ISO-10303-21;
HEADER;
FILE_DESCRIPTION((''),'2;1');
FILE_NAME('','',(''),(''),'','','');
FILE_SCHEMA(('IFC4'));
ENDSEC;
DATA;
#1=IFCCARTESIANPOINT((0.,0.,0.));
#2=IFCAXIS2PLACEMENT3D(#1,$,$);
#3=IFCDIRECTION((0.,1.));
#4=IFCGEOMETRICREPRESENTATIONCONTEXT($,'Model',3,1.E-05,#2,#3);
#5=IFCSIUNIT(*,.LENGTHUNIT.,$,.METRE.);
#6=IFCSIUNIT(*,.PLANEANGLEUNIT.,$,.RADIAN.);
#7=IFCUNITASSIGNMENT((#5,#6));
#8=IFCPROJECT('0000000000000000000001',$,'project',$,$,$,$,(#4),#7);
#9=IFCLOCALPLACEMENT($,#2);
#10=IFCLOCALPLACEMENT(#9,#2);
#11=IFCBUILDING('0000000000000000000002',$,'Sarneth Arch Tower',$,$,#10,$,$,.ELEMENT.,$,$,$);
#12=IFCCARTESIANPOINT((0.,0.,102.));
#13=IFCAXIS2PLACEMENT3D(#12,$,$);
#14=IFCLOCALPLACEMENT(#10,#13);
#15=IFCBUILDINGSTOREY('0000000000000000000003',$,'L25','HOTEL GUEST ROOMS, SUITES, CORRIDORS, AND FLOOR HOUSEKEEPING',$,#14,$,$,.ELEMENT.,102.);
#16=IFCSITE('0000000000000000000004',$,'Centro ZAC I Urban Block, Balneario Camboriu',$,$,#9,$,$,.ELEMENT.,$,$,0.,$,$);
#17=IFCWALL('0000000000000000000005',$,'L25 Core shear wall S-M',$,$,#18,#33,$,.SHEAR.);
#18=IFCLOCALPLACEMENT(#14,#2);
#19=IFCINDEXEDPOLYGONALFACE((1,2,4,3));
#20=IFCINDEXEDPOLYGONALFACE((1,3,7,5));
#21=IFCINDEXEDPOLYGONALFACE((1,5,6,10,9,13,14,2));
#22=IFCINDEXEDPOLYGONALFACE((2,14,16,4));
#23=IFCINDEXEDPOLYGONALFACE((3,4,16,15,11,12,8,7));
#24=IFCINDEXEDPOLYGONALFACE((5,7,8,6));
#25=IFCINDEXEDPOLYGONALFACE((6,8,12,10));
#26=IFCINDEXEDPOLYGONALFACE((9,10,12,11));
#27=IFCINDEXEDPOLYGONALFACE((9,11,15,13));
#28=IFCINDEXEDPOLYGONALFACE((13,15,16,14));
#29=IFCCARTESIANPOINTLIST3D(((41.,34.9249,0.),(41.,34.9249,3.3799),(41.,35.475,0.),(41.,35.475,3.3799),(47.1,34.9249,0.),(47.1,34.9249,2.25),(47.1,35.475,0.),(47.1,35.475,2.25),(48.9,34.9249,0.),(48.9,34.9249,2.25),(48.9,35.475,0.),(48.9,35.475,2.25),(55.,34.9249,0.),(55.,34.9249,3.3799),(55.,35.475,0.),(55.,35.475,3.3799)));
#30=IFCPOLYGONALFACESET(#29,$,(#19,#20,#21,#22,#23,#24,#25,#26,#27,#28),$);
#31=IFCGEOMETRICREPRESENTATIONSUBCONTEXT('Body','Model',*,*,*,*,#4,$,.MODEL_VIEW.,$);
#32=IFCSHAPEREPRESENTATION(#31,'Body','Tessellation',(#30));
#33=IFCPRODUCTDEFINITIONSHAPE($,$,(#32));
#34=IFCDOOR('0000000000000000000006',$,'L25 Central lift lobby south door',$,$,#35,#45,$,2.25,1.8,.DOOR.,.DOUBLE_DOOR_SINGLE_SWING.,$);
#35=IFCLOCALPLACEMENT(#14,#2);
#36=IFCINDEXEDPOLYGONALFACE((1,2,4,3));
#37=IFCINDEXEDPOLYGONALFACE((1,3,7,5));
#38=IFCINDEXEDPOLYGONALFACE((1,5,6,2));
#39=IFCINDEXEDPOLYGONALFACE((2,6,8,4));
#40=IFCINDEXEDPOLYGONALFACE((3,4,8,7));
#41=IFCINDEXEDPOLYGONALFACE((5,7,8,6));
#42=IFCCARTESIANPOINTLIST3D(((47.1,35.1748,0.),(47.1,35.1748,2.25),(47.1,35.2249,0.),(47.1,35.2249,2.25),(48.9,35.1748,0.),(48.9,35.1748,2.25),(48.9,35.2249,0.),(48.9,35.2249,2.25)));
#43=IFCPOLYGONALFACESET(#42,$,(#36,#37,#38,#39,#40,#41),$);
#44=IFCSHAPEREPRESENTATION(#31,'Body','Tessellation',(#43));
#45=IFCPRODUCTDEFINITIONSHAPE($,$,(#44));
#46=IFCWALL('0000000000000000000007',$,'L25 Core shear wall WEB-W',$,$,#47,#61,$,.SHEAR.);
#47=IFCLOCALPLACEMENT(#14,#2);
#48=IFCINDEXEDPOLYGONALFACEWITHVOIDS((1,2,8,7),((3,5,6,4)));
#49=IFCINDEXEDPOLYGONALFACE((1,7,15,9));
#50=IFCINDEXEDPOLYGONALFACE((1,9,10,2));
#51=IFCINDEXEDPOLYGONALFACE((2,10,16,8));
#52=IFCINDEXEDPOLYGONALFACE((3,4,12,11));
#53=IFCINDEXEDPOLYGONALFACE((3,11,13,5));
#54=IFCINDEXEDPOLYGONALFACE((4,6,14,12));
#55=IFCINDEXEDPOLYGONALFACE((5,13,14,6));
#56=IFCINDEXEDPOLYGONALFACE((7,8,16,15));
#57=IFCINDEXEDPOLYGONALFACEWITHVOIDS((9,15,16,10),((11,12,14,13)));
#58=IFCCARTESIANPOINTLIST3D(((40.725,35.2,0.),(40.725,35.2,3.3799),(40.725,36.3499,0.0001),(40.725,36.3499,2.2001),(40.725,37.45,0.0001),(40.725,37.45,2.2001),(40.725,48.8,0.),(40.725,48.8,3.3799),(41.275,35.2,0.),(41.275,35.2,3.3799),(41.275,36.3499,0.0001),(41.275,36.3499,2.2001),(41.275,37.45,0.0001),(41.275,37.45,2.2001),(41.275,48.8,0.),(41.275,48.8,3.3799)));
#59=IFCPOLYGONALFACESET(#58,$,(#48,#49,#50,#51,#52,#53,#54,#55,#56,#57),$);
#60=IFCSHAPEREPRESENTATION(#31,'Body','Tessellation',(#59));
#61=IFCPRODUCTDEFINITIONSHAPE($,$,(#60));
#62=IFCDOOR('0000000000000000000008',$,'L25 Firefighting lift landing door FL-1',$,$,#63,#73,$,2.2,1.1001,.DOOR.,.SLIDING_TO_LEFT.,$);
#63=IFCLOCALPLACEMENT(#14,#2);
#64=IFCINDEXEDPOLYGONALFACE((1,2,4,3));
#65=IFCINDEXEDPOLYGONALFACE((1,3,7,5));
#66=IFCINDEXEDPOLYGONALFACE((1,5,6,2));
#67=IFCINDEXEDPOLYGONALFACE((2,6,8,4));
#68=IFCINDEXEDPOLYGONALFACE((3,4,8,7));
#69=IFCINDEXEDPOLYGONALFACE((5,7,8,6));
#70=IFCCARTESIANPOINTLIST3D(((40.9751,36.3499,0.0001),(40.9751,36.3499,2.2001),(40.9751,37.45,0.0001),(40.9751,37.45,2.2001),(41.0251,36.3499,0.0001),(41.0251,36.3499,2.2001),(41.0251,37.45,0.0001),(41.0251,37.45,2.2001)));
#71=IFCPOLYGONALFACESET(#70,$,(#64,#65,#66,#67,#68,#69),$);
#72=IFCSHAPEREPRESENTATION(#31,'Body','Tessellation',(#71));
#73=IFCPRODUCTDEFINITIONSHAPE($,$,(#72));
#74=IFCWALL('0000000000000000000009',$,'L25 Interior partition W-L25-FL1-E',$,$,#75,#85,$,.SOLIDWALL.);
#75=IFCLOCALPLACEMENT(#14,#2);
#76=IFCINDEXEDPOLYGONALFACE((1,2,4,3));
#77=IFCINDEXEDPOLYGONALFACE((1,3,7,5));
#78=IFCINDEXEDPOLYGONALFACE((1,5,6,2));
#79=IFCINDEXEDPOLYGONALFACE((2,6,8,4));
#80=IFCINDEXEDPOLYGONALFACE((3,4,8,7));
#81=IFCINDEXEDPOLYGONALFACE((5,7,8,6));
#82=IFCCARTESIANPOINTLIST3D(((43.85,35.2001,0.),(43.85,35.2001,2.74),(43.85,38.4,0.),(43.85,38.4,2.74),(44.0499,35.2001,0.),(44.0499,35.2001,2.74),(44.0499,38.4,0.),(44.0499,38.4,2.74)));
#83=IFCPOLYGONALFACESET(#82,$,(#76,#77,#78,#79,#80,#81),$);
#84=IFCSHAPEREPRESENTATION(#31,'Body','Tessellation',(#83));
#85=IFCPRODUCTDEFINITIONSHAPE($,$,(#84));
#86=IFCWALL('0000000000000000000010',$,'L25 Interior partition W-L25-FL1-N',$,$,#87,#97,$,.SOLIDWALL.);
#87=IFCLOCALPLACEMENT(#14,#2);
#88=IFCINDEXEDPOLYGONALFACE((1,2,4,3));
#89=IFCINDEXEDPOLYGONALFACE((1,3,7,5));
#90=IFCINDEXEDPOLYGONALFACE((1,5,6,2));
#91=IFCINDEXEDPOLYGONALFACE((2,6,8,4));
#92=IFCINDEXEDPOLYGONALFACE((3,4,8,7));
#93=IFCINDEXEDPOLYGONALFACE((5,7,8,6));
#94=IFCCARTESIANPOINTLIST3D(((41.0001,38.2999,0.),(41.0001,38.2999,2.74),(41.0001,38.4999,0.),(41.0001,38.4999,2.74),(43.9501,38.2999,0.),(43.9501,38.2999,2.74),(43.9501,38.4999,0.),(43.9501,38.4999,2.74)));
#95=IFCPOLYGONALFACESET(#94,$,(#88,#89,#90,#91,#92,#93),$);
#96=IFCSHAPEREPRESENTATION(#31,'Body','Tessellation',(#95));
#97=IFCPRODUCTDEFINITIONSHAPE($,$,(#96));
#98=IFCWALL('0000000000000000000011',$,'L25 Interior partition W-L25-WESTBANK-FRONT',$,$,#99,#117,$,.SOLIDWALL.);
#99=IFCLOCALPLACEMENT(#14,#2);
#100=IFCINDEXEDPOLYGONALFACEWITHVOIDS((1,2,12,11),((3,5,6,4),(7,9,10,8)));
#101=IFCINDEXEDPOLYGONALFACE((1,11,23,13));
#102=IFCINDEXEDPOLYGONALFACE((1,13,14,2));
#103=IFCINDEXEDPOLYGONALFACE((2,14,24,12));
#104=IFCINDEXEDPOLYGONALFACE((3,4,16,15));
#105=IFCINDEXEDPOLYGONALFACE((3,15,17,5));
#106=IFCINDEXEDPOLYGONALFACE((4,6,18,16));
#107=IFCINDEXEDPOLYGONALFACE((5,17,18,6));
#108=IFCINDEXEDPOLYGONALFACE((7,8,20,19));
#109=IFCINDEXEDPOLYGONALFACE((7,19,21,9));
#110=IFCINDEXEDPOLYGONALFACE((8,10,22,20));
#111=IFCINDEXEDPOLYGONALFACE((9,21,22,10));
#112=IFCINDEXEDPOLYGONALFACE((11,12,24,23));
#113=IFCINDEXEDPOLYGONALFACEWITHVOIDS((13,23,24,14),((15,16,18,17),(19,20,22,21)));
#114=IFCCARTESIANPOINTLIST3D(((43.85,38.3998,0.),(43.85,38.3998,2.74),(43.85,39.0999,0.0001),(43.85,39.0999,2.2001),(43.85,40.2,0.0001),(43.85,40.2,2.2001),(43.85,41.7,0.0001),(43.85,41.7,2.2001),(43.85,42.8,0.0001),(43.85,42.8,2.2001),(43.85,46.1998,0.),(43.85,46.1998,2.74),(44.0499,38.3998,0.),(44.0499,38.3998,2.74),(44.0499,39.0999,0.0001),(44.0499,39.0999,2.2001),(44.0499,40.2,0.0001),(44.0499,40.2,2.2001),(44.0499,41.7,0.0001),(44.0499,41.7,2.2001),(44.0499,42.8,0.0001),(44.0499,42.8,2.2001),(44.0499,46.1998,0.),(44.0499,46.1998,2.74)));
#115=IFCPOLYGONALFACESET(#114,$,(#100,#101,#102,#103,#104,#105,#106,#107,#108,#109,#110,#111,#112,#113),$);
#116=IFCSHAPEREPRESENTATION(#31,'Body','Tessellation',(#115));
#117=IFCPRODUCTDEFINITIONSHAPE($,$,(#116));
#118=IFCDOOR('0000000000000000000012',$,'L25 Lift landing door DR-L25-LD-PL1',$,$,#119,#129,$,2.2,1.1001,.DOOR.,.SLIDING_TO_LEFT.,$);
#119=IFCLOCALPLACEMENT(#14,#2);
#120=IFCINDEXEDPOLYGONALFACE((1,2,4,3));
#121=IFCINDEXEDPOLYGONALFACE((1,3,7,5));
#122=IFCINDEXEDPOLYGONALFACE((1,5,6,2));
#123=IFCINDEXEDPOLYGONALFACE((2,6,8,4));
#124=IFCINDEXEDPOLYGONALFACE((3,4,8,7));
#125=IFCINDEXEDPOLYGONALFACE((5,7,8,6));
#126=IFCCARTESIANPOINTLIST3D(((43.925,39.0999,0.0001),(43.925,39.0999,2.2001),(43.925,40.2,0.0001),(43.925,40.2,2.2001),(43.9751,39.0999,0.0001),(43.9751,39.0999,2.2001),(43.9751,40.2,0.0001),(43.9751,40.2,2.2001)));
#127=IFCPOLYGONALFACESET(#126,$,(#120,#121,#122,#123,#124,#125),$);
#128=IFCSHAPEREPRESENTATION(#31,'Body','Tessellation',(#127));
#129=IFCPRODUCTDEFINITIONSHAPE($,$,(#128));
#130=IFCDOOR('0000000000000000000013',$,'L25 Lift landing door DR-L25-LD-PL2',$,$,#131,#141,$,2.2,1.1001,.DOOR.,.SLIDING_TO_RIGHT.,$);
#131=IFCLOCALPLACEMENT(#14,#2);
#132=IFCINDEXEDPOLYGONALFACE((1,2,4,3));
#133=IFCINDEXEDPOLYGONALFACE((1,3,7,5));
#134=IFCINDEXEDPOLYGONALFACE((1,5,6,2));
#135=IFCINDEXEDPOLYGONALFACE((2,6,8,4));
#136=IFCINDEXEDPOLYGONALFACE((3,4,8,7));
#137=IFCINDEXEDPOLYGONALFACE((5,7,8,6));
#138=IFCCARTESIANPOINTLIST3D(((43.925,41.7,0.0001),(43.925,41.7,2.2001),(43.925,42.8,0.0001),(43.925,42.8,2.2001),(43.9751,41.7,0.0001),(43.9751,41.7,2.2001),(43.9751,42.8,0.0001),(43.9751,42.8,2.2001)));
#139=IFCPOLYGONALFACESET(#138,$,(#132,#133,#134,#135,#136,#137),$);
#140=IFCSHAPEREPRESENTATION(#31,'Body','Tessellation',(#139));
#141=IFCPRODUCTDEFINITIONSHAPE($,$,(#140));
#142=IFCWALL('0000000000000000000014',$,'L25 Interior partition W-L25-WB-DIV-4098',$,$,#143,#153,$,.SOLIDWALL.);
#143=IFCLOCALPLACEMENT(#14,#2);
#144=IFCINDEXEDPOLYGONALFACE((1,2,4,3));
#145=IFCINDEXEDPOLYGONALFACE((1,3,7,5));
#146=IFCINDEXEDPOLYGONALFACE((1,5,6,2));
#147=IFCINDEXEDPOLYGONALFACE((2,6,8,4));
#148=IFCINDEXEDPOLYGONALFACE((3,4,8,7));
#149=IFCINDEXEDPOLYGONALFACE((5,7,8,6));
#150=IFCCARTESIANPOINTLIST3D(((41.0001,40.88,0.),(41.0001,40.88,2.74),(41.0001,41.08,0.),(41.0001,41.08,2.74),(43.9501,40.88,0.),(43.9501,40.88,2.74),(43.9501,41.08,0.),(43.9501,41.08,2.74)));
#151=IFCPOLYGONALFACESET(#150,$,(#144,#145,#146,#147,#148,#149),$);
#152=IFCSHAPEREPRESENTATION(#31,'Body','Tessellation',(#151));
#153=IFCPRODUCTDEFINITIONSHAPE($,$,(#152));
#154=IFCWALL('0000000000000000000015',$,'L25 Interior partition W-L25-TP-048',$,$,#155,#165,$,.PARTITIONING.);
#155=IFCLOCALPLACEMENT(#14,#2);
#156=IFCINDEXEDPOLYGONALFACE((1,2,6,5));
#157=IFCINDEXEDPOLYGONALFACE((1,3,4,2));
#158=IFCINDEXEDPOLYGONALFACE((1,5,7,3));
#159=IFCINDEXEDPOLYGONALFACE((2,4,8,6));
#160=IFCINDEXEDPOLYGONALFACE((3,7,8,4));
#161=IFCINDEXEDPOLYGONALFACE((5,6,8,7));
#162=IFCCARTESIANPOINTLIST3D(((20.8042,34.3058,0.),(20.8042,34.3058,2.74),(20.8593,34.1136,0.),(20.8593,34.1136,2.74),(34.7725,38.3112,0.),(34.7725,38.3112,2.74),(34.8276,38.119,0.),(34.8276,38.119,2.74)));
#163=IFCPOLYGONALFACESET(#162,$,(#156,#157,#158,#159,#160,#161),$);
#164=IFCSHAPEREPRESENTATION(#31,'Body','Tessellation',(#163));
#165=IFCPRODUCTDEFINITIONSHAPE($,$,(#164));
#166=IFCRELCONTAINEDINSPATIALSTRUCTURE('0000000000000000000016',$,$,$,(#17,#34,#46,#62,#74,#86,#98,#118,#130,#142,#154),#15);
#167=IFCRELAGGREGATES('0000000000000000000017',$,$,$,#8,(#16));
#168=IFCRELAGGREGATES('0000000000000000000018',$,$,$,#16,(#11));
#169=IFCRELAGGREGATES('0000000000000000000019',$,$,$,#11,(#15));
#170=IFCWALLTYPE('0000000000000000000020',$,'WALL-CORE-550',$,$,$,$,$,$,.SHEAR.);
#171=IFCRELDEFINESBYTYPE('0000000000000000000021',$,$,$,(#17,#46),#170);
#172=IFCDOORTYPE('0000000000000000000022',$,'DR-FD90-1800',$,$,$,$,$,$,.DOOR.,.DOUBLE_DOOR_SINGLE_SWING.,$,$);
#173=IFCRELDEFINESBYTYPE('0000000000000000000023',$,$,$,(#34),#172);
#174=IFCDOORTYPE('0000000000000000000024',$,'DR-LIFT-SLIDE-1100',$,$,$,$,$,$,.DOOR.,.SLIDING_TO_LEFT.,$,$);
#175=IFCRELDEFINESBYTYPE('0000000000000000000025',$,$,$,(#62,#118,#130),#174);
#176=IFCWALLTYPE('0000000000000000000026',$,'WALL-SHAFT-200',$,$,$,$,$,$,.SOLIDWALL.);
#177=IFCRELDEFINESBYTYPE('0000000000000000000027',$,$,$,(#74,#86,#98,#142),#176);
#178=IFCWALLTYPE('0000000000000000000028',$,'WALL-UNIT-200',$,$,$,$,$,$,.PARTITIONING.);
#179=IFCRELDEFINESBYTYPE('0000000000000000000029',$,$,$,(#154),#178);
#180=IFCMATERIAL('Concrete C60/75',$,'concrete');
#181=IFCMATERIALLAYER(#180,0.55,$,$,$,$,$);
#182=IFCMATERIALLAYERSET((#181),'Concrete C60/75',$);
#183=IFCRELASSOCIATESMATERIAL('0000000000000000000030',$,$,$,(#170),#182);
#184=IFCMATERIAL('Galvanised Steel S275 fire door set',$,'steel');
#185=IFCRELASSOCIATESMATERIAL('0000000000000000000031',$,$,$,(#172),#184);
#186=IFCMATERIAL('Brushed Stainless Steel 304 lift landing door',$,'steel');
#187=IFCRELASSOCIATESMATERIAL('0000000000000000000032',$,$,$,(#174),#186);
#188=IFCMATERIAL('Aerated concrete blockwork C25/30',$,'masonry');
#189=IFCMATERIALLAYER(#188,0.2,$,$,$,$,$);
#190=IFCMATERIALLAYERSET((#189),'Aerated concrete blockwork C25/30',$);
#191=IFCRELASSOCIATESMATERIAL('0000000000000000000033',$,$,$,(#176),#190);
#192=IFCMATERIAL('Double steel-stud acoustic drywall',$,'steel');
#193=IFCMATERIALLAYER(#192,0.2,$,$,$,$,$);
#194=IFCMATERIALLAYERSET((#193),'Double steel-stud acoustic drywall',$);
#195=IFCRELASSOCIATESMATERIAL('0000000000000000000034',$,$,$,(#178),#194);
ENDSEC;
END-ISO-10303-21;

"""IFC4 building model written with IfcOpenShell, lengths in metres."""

from ifc_helpers import new_model, si_unit, direction, frame, frame_2d, origin, place, context, subcontext, project, spatial, rectangle, extrude, material, layer, layer_set, type_object, element, fill, save


model = new_model("IFC4")

# Units and contexts
model_context = context("Model", 3, precision=1e-05, world=origin(), true_north=direction((0.0, 1.0)))
body_context = subcontext(model_context, "Body", "Model", "MODEL_VIEW")
ifc_project = project(units=[si_unit("LENGTHUNIT", "METRE"), si_unit("PLANEANGLEUNIT", "RADIAN")], contexts=[model_context])

# Site, building, storey
site_placement = place(None, origin())
site = spatial("IfcSite", under=ifc_project, at=site_placement, Name="Centro ZAC I Urban Block, Balneario Camboriu", CompositionType="ELEMENT", RefElevation=0.0)
building_placement = place(site_placement, origin())
building = spatial("IfcBuilding", under=site, at=building_placement, Name="Sarneth Arch Tower", CompositionType="ELEMENT")
storey_placement = place(building_placement, frame((0.0, 0.0, 102.0)))
storey = spatial("IfcBuildingStorey", under=building, at=storey_placement, Name="L25", Description="HOTEL GUEST ROOMS, SUITES, CORRIDORS, AND FLOOR HOUSEKEEPING", CompositionType="ELEMENT", Elevation=102.0)

# Shared definitions
ifc_material_1 = material(Name="Concrete C60/75", Category="concrete")
ifc_layer_1 = layer(ifc_material_1, 0.55)
ifc_layer_set_1 = layer_set([ifc_layer_1], Name="Concrete C60/75")
wall_type_1 = type_object("IfcWallType", Name="WALL-CORE-550", PredefinedType="SHEAR", material=ifc_layer_set_1)

# Walls, openings, doors
wall_1_placement = place(storey_placement, frame((41.0, 35.2, 0.0), z_axis=(0.0, 0.0, 1.0), x_axis=(1.0, 0.0, 0.0)))
wall_1 = element("IfcWall", 1, at=wall_1_placement, inside=storey, type_object=wall_type_1, Name="L25 Core shear wall S-M", PredefinedType="SHEAR", context=body_context, shape_type="SweptSolid", body=[
    extrude(rectangle(XDim=14.0, YDim=0.55, at=frame_2d((7.0, 0.0))), origin(), (0.0, 0.0, 1.0), 3.3799),
])
opening_1_placement = place(wall_1_placement, frame((6.1001, 0.0, 0.0)))
opening_1 = element("IfcOpeningElement", 2, at=opening_1_placement, cuts=wall_1, PredefinedType="OPENING", context=body_context, shape_type="SweptSolid", body=[
    extrude(rectangle(XDim=1.8, YDim=2.25, at=frame_2d((0.8999, 1.125))), frame((0.0, 0.2849, 0.0), z_axis=(0.0, -1.0, 0.0), x_axis=(1.0, 0.0, 0.0)), (0.0, 0.0, 1.0), 0.5701),
])
ifc_material_2 = material(Name="Galvanised Steel S275 fire door set", Category="steel")
door_type_1 = type_object("IfcDoorType", Name="DR-FD90-1800", OperationType="DOUBLE_DOOR_SINGLE_SWING", PredefinedType="DOOR", material=ifc_material_2)
door_1_placement = place(opening_1_placement, origin())
door_1 = element("IfcDoor", 3, at=door_1_placement, inside=storey, type_object=door_type_1, Name="L25 Central lift lobby south door", OperationType="DOUBLE_DOOR_SINGLE_SWING", OverallHeight=2.25, OverallWidth=1.8, PredefinedType="DOOR", context=body_context, shape_type="SweptSolid", body=[
    extrude(rectangle(XDim=1.8, YDim=2.25, at=frame_2d((0.8999, 1.125))), frame((0.0, 0.0249, 0.0), z_axis=(0.0, -1.0, 0.0), x_axis=(1.0, 0.0, 0.0)), (0.0, 0.0, 1.0), 0.05),
])
fill(opening_1, door_1)
wall_2_placement = place(storey_placement, frame((41.0, 35.2, 0.0), z_axis=(0.0, 0.0, 1.0), x_axis=(0.0, 1.0, 0.0)))
wall_2 = element("IfcWall", 4, at=wall_2_placement, inside=storey, type_object=wall_type_1, Name="L25 Core shear wall WEB-W", PredefinedType="SHEAR", context=body_context, shape_type="SweptSolid", body=[
    extrude(rectangle(XDim=13.6001, YDim=0.55, at=frame_2d((6.8, 0.0))), origin(), (0.0, 0.0, 1.0), 3.3799),
])
opening_2_placement = place(wall_2_placement, frame((1.1499, 0.0, 0.0)))
opening_2 = element("IfcOpeningElement", 5, at=opening_2_placement, cuts=wall_2, PredefinedType="OPENING", context=body_context, shape_type="SweptSolid", body=[
    extrude(rectangle(XDim=1.1001, YDim=2.2, at=frame_2d((0.55, 1.1001))), frame((0.0, 0.2849, 0.0), z_axis=(0.0, -1.0, 0.0), x_axis=(1.0, 0.0, 0.0)), (0.0, 0.0, 1.0), 0.5701),
])
ifc_material_3 = material(Name="Brushed Stainless Steel 304 lift landing door", Category="steel")
door_type_2 = type_object("IfcDoorType", Name="DR-LIFT-SLIDE-1100", OperationType="SLIDING_TO_LEFT", PredefinedType="DOOR", material=ifc_material_3)
door_2_placement = place(opening_2_placement, origin())
door_2 = element("IfcDoor", 6, at=door_2_placement, inside=storey, type_object=door_type_2, Name="L25 Firefighting lift landing door FL-1", OperationType="SLIDING_TO_LEFT", OverallHeight=2.2, OverallWidth=1.1001, PredefinedType="DOOR", context=body_context, shape_type="SweptSolid", body=[
    extrude(rectangle(XDim=1.1001, YDim=2.2, at=frame_2d((0.55, 1.1001))), frame((0.0, 0.0249, 0.0), z_axis=(0.0, -1.0, 0.0), x_axis=(1.0, 0.0, 0.0)), (0.0, 0.0, 1.0), 0.05),
])
fill(opening_2, door_2)
ifc_material_4 = material(Name="Aerated concrete blockwork C25/30", Category="masonry")
ifc_layer_2 = layer(ifc_material_4, 0.2)
ifc_layer_set_2 = layer_set([ifc_layer_2], Name="Aerated concrete blockwork C25/30")
wall_type_2 = type_object("IfcWallType", Name="WALL-SHAFT-200", PredefinedType="SOLIDWALL", material=ifc_layer_set_2)

# Walls
wall_3_placement = place(storey_placement, frame((43.95, 35.2, 0.0), z_axis=(0.0, 0.0, 1.0), x_axis=(0.0, 1.0, 0.0)))
element("IfcWall", 7, at=wall_3_placement, inside=storey, type_object=wall_type_2, Name="L25 Interior partition W-L25-FL1-E", PredefinedType="SOLIDWALL", context=body_context, shape_type="SweptSolid", body=[
    extrude(rectangle(XDim=3.2, YDim=0.2, at=frame_2d((1.6001, 0.0))), origin(), (0.0, 0.0, 1.0), 2.74),
])
wall_4_placement = place(storey_placement, frame((41.0, 38.3999, 0.0), z_axis=(0.0, 0.0, 1.0), x_axis=(1.0, 0.0, 0.0)))
element("IfcWall", 8, at=wall_4_placement, inside=storey, type_object=wall_type_2, Name="L25 Interior partition W-L25-FL1-N", PredefinedType="SOLIDWALL", context=body_context, shape_type="SweptSolid", body=[
    extrude(rectangle(XDim=2.95, YDim=0.2, at=frame_2d((1.4751, 0.0))), origin(), (0.0, 0.0, 1.0), 2.74),
])

# Wall, openings, doors
wall_5_placement = place(storey_placement, frame((43.95, 38.3999, 0.0), z_axis=(0.0, 0.0, 1.0), x_axis=(0.0, 1.0, 0.0)))
wall_5 = element("IfcWall", 9, at=wall_5_placement, inside=storey, type_object=wall_type_2, Name="L25 Interior partition W-L25-WESTBANK-FRONT", PredefinedType="SOLIDWALL", context=body_context, shape_type="SweptSolid", body=[
    extrude(rectangle(XDim=7.8, YDim=0.2, at=frame_2d((3.8999, 0.0))), origin(), (0.0, 0.0, 1.0), 2.74),
])
opening_3_placement = place(wall_5_placement, frame((0.7, 0.0, 0.0)))
opening_3 = element("IfcOpeningElement", 10, at=opening_3_placement, cuts=wall_5, PredefinedType="OPENING", context=body_context, shape_type="SweptSolid", body=[
    extrude(rectangle(XDim=1.1001, YDim=2.2, at=frame_2d((0.55, 1.1001))), frame((0.0, 0.1099, 0.0), z_axis=(0.0, -1.0, 0.0), x_axis=(1.0, 0.0, 0.0)), (0.0, 0.0, 1.0), 0.22),
])
opening_4_placement = place(wall_5_placement, frame((3.3, 0.0, 0.0)))
opening_4 = element("IfcOpeningElement", 11, at=opening_4_placement, cuts=wall_5, PredefinedType="OPENING", context=body_context, shape_type="SweptSolid", body=[
    extrude(rectangle(XDim=1.1001, YDim=2.2, at=frame_2d((0.55, 1.1001))), frame((0.0, 0.1099, 0.0), z_axis=(0.0, -1.0, 0.0), x_axis=(1.0, 0.0, 0.0)), (0.0, 0.0, 1.0), 0.22),
])
door_3_placement = place(opening_3_placement, origin())
door_3 = element("IfcDoor", 12, at=door_3_placement, inside=storey, type_object=door_type_2, Name="L25 Lift landing door DR-L25-LD-PL1", OperationType="SLIDING_TO_LEFT", OverallHeight=2.2, OverallWidth=1.1001, PredefinedType="DOOR", context=body_context, shape_type="SweptSolid", body=[
    extrude(rectangle(XDim=1.1001, YDim=2.2, at=frame_2d((0.55, 1.1001))), frame((0.0, 0.0249, 0.0), z_axis=(0.0, -1.0, 0.0), x_axis=(1.0, 0.0, 0.0)), (0.0, 0.0, 1.0), 0.05),
])
fill(opening_3, door_3)
door_4_placement = place(opening_4_placement, origin())
door_4 = element("IfcDoor", 13, at=door_4_placement, inside=storey, type_object=door_type_2, Name="L25 Lift landing door DR-L25-LD-PL2", OperationType="SLIDING_TO_RIGHT", OverallHeight=2.2, OverallWidth=1.1001, PredefinedType="DOOR", context=body_context, shape_type="SweptSolid", body=[
    extrude(rectangle(XDim=1.1001, YDim=2.2, at=frame_2d((0.55, 1.1001))), frame((0.0, 0.0249, 0.0), z_axis=(0.0, -1.0, 0.0), x_axis=(1.0, 0.0, 0.0)), (0.0, 0.0, 1.0), 0.05),
])
fill(opening_4, door_4)

# Walls
wall_6_placement = place(storey_placement, frame((41.0, 40.98, 0.0), z_axis=(0.0, 0.0, 1.0), x_axis=(1.0, 0.0, 0.0)))
element("IfcWall", 14, at=wall_6_placement, inside=storey, type_object=wall_type_2, Name="L25 Interior partition W-L25-WB-DIV-4098", PredefinedType="SOLIDWALL", context=body_context, shape_type="SweptSolid", body=[
    extrude(rectangle(XDim=2.95, YDim=0.2, at=frame_2d((1.4751, 0.0))), origin(), (0.0, 0.0, 1.0), 2.74),
])
ifc_material_5 = material(Name="Double steel-stud acoustic drywall", Category="steel")
ifc_layer_3 = layer(ifc_material_5, 0.2)
ifc_layer_set_3 = layer_set([ifc_layer_3], Name="Double steel-stud acoustic drywall")
wall_type_3 = type_object("IfcWallType", Name="WALL-UNIT-200", PredefinedType="PARTITIONING", material=ifc_layer_set_3)
wall_7_placement = place(storey_placement, frame((34.8, 38.2151, 0.0), z_axis=(0.0, 0.0, 1.0), x_axis=(-0.961261, -0.27564, 0.0)))
element("IfcWall", 15, at=wall_7_placement, inside=storey, type_object=wall_type_3, Name="L25 Interior partition W-L25-TP-048", PredefinedType="PARTITIONING", context=body_context, shape_type="SweptSolid", body=[
    extrude(rectangle(XDim=14.5312, YDim=0.2, at=frame_2d((7.2656, 0.0))), origin(), (0.0, 0.0, 1.0), 2.74),
])

save(model, "model.ifc")
